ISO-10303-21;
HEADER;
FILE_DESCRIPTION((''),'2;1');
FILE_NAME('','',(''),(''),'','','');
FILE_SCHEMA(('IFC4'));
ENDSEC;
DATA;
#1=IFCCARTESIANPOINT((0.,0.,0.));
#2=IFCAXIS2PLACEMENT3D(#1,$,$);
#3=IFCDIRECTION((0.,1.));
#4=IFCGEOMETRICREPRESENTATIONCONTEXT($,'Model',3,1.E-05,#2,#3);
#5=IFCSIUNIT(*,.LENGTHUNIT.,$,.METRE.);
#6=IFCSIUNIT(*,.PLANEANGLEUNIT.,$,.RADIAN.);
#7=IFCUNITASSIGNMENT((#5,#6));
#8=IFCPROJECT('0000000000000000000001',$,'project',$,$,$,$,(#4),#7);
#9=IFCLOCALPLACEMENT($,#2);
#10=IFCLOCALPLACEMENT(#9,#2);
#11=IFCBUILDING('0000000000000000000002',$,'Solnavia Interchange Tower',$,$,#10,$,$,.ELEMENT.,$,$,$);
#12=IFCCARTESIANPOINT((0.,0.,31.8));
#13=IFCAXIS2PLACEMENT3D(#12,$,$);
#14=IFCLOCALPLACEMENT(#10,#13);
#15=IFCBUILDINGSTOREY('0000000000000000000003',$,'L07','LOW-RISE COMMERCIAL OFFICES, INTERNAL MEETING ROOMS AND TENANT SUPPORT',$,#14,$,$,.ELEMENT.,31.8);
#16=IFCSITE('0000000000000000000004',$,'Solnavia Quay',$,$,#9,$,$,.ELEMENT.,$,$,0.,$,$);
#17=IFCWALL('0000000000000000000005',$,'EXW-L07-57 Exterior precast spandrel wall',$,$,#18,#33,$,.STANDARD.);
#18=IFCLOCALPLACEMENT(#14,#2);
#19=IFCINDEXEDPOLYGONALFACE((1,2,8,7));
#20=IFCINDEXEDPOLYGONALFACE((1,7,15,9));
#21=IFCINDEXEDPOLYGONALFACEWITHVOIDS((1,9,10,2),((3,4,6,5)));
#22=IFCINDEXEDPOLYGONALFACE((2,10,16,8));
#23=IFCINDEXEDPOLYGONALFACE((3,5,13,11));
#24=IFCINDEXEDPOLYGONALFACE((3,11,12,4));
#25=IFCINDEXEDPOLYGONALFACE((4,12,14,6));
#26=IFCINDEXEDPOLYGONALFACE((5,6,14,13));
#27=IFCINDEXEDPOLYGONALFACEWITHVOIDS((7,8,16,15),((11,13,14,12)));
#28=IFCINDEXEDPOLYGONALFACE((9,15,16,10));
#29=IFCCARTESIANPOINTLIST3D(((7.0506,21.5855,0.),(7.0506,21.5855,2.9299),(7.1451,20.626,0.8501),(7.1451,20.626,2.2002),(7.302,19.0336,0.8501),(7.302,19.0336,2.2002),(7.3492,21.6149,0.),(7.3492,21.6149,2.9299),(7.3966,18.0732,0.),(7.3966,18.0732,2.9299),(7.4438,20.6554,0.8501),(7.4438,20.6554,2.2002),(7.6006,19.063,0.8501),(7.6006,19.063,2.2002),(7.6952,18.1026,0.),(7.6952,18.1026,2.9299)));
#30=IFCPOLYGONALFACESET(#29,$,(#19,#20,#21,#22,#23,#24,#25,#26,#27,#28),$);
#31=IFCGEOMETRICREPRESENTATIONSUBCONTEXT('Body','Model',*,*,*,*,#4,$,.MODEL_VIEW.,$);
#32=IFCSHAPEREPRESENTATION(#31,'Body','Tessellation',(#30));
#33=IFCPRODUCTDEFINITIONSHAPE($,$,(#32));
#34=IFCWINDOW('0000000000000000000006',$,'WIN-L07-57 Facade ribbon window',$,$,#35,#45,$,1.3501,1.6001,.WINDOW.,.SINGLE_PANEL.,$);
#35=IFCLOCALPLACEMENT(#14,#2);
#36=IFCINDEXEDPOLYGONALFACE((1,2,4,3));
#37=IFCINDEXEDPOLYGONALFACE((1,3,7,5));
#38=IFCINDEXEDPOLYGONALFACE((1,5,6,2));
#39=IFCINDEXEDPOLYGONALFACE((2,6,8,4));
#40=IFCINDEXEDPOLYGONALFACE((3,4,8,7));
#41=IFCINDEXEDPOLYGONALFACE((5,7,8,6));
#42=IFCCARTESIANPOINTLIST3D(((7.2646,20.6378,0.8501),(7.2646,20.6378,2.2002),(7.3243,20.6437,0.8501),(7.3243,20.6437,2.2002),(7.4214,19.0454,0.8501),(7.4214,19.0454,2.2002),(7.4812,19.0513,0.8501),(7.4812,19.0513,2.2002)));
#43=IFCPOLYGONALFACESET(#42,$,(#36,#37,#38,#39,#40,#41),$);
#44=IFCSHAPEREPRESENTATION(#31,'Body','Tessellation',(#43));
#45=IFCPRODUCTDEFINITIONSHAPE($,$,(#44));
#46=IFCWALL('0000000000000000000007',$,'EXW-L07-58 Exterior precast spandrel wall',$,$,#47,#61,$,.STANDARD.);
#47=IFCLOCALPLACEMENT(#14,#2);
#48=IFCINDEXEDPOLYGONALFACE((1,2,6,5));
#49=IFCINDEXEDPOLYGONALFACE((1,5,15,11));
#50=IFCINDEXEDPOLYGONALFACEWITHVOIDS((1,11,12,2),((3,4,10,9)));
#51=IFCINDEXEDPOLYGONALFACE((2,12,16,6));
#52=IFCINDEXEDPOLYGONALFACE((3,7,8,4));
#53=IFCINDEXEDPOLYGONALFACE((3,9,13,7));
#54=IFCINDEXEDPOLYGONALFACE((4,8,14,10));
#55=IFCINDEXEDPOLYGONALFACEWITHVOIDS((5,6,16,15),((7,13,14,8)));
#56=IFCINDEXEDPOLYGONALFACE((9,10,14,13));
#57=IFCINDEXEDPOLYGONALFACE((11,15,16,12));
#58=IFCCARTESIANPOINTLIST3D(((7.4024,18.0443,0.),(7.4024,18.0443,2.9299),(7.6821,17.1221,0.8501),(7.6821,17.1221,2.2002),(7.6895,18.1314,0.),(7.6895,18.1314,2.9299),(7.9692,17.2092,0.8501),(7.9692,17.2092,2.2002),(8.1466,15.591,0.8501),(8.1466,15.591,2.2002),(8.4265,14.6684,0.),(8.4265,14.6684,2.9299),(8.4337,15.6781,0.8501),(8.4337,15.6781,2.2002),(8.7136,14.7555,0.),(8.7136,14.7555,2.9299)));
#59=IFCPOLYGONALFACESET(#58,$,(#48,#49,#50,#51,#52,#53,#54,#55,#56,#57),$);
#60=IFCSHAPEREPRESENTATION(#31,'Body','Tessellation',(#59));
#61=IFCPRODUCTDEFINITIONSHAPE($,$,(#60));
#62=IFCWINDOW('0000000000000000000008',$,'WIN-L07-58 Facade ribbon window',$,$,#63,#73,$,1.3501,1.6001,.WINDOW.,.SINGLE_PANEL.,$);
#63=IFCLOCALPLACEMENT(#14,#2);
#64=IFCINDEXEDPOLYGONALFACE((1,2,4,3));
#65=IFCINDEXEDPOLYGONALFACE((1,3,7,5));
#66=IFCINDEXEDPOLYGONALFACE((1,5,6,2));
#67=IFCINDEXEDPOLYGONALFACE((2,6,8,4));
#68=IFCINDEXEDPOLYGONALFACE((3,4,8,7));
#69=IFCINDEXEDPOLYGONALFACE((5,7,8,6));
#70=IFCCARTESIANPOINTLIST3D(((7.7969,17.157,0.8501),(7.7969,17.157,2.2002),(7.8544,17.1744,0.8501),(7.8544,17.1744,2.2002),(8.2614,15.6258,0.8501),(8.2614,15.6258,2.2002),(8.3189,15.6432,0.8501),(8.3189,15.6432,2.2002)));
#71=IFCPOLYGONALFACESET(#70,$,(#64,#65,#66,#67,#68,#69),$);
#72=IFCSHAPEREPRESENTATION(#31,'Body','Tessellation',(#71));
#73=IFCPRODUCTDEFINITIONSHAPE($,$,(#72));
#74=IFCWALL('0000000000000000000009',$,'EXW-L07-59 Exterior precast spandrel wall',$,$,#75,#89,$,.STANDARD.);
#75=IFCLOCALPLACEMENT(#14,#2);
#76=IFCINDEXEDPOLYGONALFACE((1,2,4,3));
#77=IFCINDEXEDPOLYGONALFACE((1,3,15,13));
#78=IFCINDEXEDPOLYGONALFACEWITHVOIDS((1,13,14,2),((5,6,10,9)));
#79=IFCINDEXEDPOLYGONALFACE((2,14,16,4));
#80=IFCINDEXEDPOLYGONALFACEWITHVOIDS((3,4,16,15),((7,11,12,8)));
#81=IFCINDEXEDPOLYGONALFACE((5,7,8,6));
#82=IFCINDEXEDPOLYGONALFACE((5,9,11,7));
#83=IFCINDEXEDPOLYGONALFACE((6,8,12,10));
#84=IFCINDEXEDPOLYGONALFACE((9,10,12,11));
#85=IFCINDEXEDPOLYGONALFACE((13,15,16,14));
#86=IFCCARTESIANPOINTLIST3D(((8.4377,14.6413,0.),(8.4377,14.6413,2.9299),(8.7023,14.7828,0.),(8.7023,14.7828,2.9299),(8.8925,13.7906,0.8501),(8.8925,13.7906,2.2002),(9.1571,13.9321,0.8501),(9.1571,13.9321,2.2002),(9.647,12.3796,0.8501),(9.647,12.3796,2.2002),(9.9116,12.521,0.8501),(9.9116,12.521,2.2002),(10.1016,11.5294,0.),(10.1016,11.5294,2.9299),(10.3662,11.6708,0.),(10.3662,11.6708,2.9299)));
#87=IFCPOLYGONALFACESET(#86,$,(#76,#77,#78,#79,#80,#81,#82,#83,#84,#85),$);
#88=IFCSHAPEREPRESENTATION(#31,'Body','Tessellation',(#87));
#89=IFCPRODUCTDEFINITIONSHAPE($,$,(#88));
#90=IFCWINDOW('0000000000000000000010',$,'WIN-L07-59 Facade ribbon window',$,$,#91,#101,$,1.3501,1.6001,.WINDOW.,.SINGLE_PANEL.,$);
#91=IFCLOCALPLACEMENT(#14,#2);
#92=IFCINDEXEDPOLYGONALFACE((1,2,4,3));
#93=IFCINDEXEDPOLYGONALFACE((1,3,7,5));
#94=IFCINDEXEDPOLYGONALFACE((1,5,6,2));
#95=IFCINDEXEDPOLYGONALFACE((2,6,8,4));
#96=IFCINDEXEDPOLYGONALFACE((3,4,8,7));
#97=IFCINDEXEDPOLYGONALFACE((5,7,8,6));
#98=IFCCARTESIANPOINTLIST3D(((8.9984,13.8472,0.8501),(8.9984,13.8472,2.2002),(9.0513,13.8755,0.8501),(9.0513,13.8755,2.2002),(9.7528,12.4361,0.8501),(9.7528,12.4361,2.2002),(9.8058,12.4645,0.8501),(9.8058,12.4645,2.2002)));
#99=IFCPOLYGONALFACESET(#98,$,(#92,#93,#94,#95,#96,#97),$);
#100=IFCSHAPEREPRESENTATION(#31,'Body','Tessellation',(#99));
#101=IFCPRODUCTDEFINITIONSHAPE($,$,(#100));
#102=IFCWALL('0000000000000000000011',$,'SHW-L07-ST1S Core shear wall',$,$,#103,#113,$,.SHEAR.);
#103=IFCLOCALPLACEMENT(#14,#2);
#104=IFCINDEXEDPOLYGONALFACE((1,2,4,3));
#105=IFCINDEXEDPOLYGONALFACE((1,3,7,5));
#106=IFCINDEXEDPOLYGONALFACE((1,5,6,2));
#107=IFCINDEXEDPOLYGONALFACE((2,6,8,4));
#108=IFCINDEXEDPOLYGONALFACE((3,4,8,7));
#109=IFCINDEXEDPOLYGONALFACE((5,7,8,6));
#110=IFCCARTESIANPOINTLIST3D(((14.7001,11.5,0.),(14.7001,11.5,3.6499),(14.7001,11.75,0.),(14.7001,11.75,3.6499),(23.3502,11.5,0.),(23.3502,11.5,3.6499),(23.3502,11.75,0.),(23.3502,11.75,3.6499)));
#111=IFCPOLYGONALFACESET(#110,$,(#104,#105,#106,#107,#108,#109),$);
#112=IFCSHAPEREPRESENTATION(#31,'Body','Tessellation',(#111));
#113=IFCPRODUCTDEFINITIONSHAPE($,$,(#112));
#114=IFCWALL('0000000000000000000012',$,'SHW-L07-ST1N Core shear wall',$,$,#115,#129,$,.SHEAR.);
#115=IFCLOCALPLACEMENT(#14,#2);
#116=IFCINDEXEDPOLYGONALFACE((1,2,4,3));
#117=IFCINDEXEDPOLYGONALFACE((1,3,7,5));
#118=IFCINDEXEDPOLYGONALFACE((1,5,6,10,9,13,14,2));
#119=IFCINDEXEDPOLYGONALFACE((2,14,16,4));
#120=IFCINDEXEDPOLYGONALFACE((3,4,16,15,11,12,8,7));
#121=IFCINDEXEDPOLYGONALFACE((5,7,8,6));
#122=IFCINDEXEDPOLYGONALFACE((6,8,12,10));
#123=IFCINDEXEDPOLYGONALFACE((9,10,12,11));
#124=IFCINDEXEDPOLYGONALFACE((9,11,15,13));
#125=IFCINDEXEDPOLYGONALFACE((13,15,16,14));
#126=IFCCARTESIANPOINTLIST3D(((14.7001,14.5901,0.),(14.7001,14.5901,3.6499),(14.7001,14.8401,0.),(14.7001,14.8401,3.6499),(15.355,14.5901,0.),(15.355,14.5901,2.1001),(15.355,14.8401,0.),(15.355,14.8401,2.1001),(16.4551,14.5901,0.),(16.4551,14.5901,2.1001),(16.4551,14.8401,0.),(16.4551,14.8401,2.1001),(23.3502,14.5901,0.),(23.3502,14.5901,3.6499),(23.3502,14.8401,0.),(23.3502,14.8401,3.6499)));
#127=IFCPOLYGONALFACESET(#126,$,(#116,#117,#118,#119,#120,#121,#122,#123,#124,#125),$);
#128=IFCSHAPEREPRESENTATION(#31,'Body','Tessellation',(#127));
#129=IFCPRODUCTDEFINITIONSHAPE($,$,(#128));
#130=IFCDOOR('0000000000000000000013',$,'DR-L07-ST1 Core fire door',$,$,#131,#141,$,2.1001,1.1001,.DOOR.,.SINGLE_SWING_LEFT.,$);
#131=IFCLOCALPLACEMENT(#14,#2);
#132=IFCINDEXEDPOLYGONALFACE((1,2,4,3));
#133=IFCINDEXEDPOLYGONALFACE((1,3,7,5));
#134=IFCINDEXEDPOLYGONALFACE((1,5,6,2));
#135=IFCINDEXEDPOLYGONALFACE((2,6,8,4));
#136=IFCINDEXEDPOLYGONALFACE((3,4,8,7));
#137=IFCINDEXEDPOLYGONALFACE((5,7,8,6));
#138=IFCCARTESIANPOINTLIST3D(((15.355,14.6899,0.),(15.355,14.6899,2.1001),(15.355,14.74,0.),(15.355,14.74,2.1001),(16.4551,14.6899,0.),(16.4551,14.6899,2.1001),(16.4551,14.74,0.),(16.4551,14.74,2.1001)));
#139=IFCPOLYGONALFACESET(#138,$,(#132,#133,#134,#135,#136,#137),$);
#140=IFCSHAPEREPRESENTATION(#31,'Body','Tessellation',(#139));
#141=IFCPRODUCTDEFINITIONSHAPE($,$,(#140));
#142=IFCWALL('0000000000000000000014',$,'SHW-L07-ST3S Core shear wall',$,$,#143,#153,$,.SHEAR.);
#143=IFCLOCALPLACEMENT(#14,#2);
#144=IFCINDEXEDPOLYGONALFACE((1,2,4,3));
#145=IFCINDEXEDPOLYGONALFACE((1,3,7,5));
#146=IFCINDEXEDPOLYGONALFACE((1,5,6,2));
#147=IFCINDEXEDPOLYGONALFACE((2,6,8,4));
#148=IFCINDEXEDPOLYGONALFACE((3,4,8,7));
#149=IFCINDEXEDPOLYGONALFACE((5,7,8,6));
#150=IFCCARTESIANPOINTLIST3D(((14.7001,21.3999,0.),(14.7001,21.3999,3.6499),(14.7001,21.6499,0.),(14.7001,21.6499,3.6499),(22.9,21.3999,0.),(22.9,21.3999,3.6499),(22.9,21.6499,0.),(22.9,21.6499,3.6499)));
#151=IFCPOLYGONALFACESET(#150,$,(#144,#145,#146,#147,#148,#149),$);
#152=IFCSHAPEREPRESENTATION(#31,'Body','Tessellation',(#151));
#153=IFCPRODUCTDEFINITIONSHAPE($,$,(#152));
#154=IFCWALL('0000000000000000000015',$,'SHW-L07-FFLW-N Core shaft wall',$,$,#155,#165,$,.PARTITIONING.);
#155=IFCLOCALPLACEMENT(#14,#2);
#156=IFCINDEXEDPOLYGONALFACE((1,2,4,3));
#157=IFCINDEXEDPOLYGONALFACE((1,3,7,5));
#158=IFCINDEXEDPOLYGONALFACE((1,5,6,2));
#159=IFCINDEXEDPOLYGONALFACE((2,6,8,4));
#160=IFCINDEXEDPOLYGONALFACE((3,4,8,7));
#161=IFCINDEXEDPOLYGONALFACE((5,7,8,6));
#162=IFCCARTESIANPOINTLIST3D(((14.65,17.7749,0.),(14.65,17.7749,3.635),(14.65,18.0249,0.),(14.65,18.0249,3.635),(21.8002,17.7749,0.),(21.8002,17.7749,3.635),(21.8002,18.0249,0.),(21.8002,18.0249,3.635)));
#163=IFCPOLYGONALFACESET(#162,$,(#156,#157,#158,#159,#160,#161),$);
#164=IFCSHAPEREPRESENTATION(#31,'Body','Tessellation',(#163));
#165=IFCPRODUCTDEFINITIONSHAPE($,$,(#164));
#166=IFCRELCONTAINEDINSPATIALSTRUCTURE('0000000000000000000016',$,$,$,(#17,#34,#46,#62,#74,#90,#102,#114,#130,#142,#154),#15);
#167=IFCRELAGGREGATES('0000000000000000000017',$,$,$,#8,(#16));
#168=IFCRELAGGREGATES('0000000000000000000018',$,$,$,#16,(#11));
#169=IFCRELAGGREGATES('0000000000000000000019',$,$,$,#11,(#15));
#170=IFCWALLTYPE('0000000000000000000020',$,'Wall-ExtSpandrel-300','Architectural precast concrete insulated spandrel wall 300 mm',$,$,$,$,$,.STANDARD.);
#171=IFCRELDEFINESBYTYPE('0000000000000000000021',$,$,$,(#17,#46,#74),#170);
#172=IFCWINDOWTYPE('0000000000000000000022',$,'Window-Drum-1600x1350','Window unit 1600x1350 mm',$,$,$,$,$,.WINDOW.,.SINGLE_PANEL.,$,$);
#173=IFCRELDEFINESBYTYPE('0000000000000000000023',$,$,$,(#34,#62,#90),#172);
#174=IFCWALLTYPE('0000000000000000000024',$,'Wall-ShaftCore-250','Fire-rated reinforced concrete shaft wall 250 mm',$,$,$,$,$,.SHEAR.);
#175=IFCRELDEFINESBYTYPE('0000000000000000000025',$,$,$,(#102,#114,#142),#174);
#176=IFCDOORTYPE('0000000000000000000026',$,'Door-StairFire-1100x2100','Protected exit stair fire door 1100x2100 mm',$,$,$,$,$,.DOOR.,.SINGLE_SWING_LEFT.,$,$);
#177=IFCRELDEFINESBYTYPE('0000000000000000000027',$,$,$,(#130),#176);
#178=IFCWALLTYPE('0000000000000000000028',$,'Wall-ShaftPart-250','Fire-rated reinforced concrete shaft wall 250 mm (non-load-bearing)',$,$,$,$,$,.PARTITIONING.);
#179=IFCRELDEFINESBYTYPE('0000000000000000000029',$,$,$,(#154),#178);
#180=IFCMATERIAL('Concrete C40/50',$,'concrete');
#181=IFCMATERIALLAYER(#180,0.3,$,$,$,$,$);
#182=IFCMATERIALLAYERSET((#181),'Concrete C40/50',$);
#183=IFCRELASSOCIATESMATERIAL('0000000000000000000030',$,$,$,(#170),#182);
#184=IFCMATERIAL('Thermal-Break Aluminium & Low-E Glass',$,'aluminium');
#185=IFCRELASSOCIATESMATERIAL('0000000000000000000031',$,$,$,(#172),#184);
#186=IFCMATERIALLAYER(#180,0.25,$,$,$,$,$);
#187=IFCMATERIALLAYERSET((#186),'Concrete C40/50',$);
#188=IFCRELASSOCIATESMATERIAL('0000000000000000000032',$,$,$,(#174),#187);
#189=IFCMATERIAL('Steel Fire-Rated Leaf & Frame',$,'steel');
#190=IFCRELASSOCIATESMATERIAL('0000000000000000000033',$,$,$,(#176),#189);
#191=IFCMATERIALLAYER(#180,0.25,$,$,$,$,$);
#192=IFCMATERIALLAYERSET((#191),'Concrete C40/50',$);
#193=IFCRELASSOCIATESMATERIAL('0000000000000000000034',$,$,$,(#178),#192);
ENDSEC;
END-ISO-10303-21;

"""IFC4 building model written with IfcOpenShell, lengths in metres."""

from ifc_helpers import new_model, si_unit, direction, frame, frame_2d, origin, place, context, subcontext, project, spatial, rectangle, extrude, material, layer, layer_set, type_object, element, fill, save


model = new_model("IFC4")

# Units and contexts
model_context = context("Model", 3, precision=1e-05, world=origin(), true_north=direction((0.0, 1.0)))
body_context = subcontext(model_context, "Body", "Model", "MODEL_VIEW")
ifc_project = project(units=[si_unit("LENGTHUNIT", "METRE"), si_unit("PLANEANGLEUNIT", "RADIAN")], contexts=[model_context])

# Site, building, storey
site_placement = place(None, origin())
site = spatial("IfcSite", under=ifc_project, at=site_placement, Name="Solnavia Quay", CompositionType="ELEMENT", RefElevation=0.0)
building_placement = place(site_placement, origin())
building = spatial("IfcBuilding", under=site, at=building_placement, Name="Solnavia Interchange Tower", CompositionType="ELEMENT")
storey_placement = place(building_placement, frame((0.0, 0.0, 31.8)))
storey = spatial("IfcBuildingStorey", under=building, at=storey_placement, Name="L07", Description="LOW-RISE COMMERCIAL OFFICES, INTERNAL MEETING ROOMS AND TENANT SUPPORT", CompositionType="ELEMENT", Elevation=31.8)

# Walls, openings, windows
ifc_material_1 = material(Name="Concrete C40/50", Category="concrete")
ifc_layer_1 = layer(ifc_material_1, 0.3)
ifc_layer_set_1 = layer_set([ifc_layer_1], Name="Concrete C40/50")
wall_type_1 = type_object("IfcWallType", Name="Wall-ExtSpandrel-300", Description="Architectural precast concrete insulated spandrel wall 300 mm", PredefinedType="STANDARD", material=ifc_layer_set_1)
ifc_material_2 = material(Name="Thermal-Break Aluminium & Low-E Glass", Category="aluminium")
wall_1_placement = place(storey_placement, frame((7.5459, 18.0879, 0.0), z_axis=(0.0, 0.0, 1.0), x_axis=(-0.098024, 0.995184, 0.0)))
wall_1 = element("IfcWall", 1, at=wall_1_placement, inside=storey, type_object=wall_type_1, Name="EXW-L07-57 Exterior precast spandrel wall", PredefinedType="STANDARD", context=body_context, shape_type="SweptSolid", body=[
    extrude(rectangle(XDim=3.5293, YDim=0.3, at=frame_2d((1.7646, 0.0))), origin(), (0.0, 0.0, 1.0), 2.9299),
])
opening_1_placement = place(wall_1_placement, frame((0.9651, 0.0, 0.8501)))
opening_1 = element("IfcOpeningElement", 2, at=opening_1_placement, cuts=wall_1, PredefinedType="OPENING", context=body_context, shape_type="SweptSolid", body=[
    extrude(rectangle(XDim=1.6001, YDim=1.3501, at=frame_2d((0.8, 0.675))), frame((0.0, 0.1602, 0.0), z_axis=(0.0, -1.0, 0.0), x_axis=(1.0, 0.0, 0.0)), (0.0, 0.0, 1.0), 0.3201),
])
window_type_1 = type_object("IfcWindowType", Name="Window-Drum-1600x1350", Description="Window unit 1600x1350 mm", PartitioningType="SINGLE_PANEL", PredefinedType="WINDOW", material=ifc_material_2)
window_1_placement = place(opening_1_placement, origin())
window_1 = element("IfcWindow", 3, at=window_1_placement, inside=storey, type_object=window_type_1, Name="WIN-L07-57 Facade ribbon window", OverallHeight=1.3501, OverallWidth=1.6001, PartitioningType="SINGLE_PANEL", PredefinedType="WINDOW", context=body_context, shape_type="SweptSolid", body=[
    extrude(rectangle(XDim=1.6001, YDim=1.3501, at=frame_2d((0.8, 0.675))), frame((0.0, 0.03, 0.0), z_axis=(0.0, -1.0, 0.0), x_axis=(1.0, 0.0, 0.0)), (0.0, 0.0, 1.0), 0.0601),
])
fill(opening_1, window_1)
wall_2_placement = place(storey_placement, frame((8.5701, 14.7119, 0.0), z_axis=(0.0, 0.0, 1.0), x_axis=(-0.290305, 0.956934, 0.0)))
wall_2 = element("IfcWall", 4, at=wall_2_placement, inside=storey, type_object=wall_type_1, Name="EXW-L07-58 Exterior precast spandrel wall", PredefinedType="STANDARD", context=body_context, shape_type="SweptSolid", body=[
    extrude(rectangle(XDim=3.5278, YDim=0.3, at=frame_2d((1.7639, 0.0))), origin(), (0.0, 0.0, 1.0), 2.9299),
])
opening_2_placement = place(wall_2_placement, frame((0.9641, 0.0, 0.8501)))
opening_2 = element("IfcOpeningElement", 5, at=opening_2_placement, cuts=wall_2, PredefinedType="OPENING", context=body_context, shape_type="SweptSolid", body=[
    extrude(rectangle(XDim=1.6001, YDim=1.3501, at=frame_2d((0.8, 0.675))), frame((0.0, 0.1602, 0.0), z_axis=(0.0, -1.0, 0.0), x_axis=(1.0, 0.0, 0.0)), (0.0, 0.0, 1.0), 0.3201),
])
window_2_placement = place(opening_2_placement, origin())
window_2 = element("IfcWindow", 6, at=window_2_placement, inside=storey, type_object=window_type_1, Name="WIN-L07-58 Facade ribbon window", OverallHeight=1.3501, OverallWidth=1.6001, PartitioningType="SINGLE_PANEL", PredefinedType="WINDOW", context=body_context, shape_type="SweptSolid", body=[
    extrude(rectangle(XDim=1.6001, YDim=1.3501, at=frame_2d((0.8, 0.675))), frame((0.0, 0.03, 0.0), z_axis=(0.0, -1.0, 0.0), x_axis=(1.0, 0.0, 0.0)), (0.0, 0.0, 1.0), 0.0601),
])
fill(opening_2, window_2)
wall_3_placement = place(storey_placement, frame((10.2339, 11.6001, 0.0), z_axis=(0.0, 0.0, 1.0), x_axis=(-0.471511, 0.88186, 0.0)))
wall_3 = element("IfcWall", 7, at=wall_3_placement, inside=storey, type_object=wall_type_1, Name="EXW-L07-59 Exterior precast spandrel wall", PredefinedType="STANDARD", context=body_context, shape_type="SweptSolid", body=[
    extrude(rectangle(XDim=3.5288, YDim=0.3, at=frame_2d((1.7644, 0.0))), origin(), (0.0, 0.0, 1.0), 2.9299),
])
opening_3_placement = place(wall_3_placement, frame((0.9641, 0.0, 0.8501)))
opening_3 = element("IfcOpeningElement", 8, at=opening_3_placement, cuts=wall_3, PredefinedType="OPENING", context=body_context, shape_type="SweptSolid", body=[
    extrude(rectangle(XDim=1.6001, YDim=1.3501, at=frame_2d((0.8, 0.675))), frame((0.0, 0.1602, 0.0), z_axis=(0.0, -1.0, 0.0), x_axis=(1.0, 0.0, 0.0)), (0.0, 0.0, 1.0), 0.3201),
])
window_3_placement = place(opening_3_placement, origin())
window_3 = element("IfcWindow", 9, at=window_3_placement, inside=storey, type_object=window_type_1, Name="WIN-L07-59 Facade ribbon window", OverallHeight=1.3501, OverallWidth=1.6001, PartitioningType="SINGLE_PANEL", PredefinedType="WINDOW", context=body_context, shape_type="SweptSolid", body=[
    extrude(rectangle(XDim=1.6001, YDim=1.3501, at=frame_2d((0.8, 0.675))), frame((0.0, 0.03, 0.0), z_axis=(0.0, -1.0, 0.0), x_axis=(1.0, 0.0, 0.0)), (0.0, 0.0, 1.0), 0.0601),
])
fill(opening_3, window_3)

# Wall
ifc_layer_2 = layer(ifc_material_1, 0.25)
ifc_layer_set_2 = layer_set([ifc_layer_2], Name="Concrete C40/50")
wall_type_2 = type_object("IfcWallType", Name="Wall-ShaftCore-250", Description="Fire-rated reinforced concrete shaft wall 250 mm", PredefinedType="SHEAR", material=ifc_layer_set_2)
wall_4_placement = place(storey_placement, frame((14.7, 11.625, 0.0), z_axis=(0.0, 0.0, 1.0), x_axis=(1.0, 0.0, 0.0)))
element("IfcWall", 10, at=wall_4_placement, inside=storey, type_object=wall_type_2, Name="SHW-L07-ST1S Core shear wall", PredefinedType="SHEAR", context=body_context, shape_type="SweptSolid", body=[
    extrude(rectangle(XDim=8.6501, YDim=0.25, at=frame_2d((4.3252, 0.0))), origin(), (0.0, 0.0, 1.0), 3.6499),
])

# Wall, opening, door
wall_5_placement = place(storey_placement, frame((14.7, 14.7151, 0.0), z_axis=(0.0, 0.0, 1.0), x_axis=(1.0, 0.0, 0.0)))
wall_5 = element("IfcWall", 11, at=wall_5_placement, inside=storey, type_object=wall_type_2, Name="SHW-L07-ST1N Core shear wall", PredefinedType="SHEAR", context=body_context, shape_type="SweptSolid", body=[
    extrude(rectangle(XDim=8.6501, YDim=0.25, at=frame_2d((4.3252, 0.0))), origin(), (0.0, 0.0, 1.0), 3.6499),
])
opening_4_placement = place(wall_5_placement, frame((0.655, 0.0, 0.0)))
opening_4 = element("IfcOpeningElement", 12, at=opening_4_placement, cuts=wall_5, PredefinedType="OPENING", context=body_context, shape_type="SweptSolid", body=[
    extrude(rectangle(XDim=1.1001, YDim=2.1001, at=frame_2d((0.55, 1.05))), frame((0.0, 0.135, 0.0), z_axis=(0.0, -1.0, 0.0), x_axis=(1.0, 0.0, 0.0)), (0.0, 0.0, 1.0), 0.27),
])
ifc_material_3 = material(Name="Steel Fire-Rated Leaf & Frame", Category="steel")
door_type_1 = type_object("IfcDoorType", Name="Door-StairFire-1100x2100", Description="Protected exit stair fire door 1100x2100 mm", OperationType="SINGLE_SWING_LEFT", PredefinedType="DOOR", material=ifc_material_3)
door_1_placement = place(opening_4_placement, origin())
door_1 = element("IfcDoor", 13, at=door_1_placement, inside=storey, type_object=door_type_1, Name="DR-L07-ST1 Core fire door", OperationType="SINGLE_SWING_LEFT", OverallHeight=2.1001, OverallWidth=1.1001, PredefinedType="DOOR", context=body_context, shape_type="SweptSolid", body=[
    extrude(rectangle(XDim=1.1001, YDim=2.1001, at=frame_2d((0.55, 1.05))), frame((0.0, 0.0249, 0.0), z_axis=(0.0, -1.0, 0.0), x_axis=(1.0, 0.0, 0.0)), (0.0, 0.0, 1.0), 0.05),
])
fill(opening_4, door_1)

# Walls
wall_6_placement = place(storey_placement, frame((14.7, 21.5249, 0.0), z_axis=(0.0, 0.0, 1.0), x_axis=(1.0, 0.0, 0.0)))
element("IfcWall", 14, at=wall_6_placement, inside=storey, type_object=wall_type_2, Name="SHW-L07-ST3S Core shear wall", PredefinedType="SHEAR", context=body_context, shape_type="SweptSolid", body=[
    extrude(rectangle(XDim=8.2, YDim=0.25, at=frame_2d((4.1001, 0.0))), origin(), (0.0, 0.0, 1.0), 3.6499),
])
ifc_layer_3 = layer(ifc_material_1, 0.25)
ifc_layer_set_3 = layer_set([ifc_layer_3], Name="Concrete C40/50")
wall_type_3 = type_object("IfcWallType", Name="Wall-ShaftPart-250", Description="Fire-rated reinforced concrete shaft wall 250 mm (non-load-bearing)", PredefinedType="PARTITIONING", material=ifc_layer_set_3)
wall_7_placement = place(storey_placement, frame((14.6499, 17.8999, 0.0), z_axis=(0.0, 0.0, 1.0), x_axis=(1.0, 0.0, 0.0)))
element("IfcWall", 15, at=wall_7_placement, inside=storey, type_object=wall_type_3, Name="SHW-L07-FFLW-N Core shaft wall", PredefinedType="PARTITIONING", context=body_context, shape_type="SweptSolid", body=[
    extrude(rectangle(XDim=7.1501, YDim=0.25, at=frame_2d((3.5752, 0.0))), origin(), (0.0, 0.0, 1.0), 3.635),
])

save(model, "model.ifc")
